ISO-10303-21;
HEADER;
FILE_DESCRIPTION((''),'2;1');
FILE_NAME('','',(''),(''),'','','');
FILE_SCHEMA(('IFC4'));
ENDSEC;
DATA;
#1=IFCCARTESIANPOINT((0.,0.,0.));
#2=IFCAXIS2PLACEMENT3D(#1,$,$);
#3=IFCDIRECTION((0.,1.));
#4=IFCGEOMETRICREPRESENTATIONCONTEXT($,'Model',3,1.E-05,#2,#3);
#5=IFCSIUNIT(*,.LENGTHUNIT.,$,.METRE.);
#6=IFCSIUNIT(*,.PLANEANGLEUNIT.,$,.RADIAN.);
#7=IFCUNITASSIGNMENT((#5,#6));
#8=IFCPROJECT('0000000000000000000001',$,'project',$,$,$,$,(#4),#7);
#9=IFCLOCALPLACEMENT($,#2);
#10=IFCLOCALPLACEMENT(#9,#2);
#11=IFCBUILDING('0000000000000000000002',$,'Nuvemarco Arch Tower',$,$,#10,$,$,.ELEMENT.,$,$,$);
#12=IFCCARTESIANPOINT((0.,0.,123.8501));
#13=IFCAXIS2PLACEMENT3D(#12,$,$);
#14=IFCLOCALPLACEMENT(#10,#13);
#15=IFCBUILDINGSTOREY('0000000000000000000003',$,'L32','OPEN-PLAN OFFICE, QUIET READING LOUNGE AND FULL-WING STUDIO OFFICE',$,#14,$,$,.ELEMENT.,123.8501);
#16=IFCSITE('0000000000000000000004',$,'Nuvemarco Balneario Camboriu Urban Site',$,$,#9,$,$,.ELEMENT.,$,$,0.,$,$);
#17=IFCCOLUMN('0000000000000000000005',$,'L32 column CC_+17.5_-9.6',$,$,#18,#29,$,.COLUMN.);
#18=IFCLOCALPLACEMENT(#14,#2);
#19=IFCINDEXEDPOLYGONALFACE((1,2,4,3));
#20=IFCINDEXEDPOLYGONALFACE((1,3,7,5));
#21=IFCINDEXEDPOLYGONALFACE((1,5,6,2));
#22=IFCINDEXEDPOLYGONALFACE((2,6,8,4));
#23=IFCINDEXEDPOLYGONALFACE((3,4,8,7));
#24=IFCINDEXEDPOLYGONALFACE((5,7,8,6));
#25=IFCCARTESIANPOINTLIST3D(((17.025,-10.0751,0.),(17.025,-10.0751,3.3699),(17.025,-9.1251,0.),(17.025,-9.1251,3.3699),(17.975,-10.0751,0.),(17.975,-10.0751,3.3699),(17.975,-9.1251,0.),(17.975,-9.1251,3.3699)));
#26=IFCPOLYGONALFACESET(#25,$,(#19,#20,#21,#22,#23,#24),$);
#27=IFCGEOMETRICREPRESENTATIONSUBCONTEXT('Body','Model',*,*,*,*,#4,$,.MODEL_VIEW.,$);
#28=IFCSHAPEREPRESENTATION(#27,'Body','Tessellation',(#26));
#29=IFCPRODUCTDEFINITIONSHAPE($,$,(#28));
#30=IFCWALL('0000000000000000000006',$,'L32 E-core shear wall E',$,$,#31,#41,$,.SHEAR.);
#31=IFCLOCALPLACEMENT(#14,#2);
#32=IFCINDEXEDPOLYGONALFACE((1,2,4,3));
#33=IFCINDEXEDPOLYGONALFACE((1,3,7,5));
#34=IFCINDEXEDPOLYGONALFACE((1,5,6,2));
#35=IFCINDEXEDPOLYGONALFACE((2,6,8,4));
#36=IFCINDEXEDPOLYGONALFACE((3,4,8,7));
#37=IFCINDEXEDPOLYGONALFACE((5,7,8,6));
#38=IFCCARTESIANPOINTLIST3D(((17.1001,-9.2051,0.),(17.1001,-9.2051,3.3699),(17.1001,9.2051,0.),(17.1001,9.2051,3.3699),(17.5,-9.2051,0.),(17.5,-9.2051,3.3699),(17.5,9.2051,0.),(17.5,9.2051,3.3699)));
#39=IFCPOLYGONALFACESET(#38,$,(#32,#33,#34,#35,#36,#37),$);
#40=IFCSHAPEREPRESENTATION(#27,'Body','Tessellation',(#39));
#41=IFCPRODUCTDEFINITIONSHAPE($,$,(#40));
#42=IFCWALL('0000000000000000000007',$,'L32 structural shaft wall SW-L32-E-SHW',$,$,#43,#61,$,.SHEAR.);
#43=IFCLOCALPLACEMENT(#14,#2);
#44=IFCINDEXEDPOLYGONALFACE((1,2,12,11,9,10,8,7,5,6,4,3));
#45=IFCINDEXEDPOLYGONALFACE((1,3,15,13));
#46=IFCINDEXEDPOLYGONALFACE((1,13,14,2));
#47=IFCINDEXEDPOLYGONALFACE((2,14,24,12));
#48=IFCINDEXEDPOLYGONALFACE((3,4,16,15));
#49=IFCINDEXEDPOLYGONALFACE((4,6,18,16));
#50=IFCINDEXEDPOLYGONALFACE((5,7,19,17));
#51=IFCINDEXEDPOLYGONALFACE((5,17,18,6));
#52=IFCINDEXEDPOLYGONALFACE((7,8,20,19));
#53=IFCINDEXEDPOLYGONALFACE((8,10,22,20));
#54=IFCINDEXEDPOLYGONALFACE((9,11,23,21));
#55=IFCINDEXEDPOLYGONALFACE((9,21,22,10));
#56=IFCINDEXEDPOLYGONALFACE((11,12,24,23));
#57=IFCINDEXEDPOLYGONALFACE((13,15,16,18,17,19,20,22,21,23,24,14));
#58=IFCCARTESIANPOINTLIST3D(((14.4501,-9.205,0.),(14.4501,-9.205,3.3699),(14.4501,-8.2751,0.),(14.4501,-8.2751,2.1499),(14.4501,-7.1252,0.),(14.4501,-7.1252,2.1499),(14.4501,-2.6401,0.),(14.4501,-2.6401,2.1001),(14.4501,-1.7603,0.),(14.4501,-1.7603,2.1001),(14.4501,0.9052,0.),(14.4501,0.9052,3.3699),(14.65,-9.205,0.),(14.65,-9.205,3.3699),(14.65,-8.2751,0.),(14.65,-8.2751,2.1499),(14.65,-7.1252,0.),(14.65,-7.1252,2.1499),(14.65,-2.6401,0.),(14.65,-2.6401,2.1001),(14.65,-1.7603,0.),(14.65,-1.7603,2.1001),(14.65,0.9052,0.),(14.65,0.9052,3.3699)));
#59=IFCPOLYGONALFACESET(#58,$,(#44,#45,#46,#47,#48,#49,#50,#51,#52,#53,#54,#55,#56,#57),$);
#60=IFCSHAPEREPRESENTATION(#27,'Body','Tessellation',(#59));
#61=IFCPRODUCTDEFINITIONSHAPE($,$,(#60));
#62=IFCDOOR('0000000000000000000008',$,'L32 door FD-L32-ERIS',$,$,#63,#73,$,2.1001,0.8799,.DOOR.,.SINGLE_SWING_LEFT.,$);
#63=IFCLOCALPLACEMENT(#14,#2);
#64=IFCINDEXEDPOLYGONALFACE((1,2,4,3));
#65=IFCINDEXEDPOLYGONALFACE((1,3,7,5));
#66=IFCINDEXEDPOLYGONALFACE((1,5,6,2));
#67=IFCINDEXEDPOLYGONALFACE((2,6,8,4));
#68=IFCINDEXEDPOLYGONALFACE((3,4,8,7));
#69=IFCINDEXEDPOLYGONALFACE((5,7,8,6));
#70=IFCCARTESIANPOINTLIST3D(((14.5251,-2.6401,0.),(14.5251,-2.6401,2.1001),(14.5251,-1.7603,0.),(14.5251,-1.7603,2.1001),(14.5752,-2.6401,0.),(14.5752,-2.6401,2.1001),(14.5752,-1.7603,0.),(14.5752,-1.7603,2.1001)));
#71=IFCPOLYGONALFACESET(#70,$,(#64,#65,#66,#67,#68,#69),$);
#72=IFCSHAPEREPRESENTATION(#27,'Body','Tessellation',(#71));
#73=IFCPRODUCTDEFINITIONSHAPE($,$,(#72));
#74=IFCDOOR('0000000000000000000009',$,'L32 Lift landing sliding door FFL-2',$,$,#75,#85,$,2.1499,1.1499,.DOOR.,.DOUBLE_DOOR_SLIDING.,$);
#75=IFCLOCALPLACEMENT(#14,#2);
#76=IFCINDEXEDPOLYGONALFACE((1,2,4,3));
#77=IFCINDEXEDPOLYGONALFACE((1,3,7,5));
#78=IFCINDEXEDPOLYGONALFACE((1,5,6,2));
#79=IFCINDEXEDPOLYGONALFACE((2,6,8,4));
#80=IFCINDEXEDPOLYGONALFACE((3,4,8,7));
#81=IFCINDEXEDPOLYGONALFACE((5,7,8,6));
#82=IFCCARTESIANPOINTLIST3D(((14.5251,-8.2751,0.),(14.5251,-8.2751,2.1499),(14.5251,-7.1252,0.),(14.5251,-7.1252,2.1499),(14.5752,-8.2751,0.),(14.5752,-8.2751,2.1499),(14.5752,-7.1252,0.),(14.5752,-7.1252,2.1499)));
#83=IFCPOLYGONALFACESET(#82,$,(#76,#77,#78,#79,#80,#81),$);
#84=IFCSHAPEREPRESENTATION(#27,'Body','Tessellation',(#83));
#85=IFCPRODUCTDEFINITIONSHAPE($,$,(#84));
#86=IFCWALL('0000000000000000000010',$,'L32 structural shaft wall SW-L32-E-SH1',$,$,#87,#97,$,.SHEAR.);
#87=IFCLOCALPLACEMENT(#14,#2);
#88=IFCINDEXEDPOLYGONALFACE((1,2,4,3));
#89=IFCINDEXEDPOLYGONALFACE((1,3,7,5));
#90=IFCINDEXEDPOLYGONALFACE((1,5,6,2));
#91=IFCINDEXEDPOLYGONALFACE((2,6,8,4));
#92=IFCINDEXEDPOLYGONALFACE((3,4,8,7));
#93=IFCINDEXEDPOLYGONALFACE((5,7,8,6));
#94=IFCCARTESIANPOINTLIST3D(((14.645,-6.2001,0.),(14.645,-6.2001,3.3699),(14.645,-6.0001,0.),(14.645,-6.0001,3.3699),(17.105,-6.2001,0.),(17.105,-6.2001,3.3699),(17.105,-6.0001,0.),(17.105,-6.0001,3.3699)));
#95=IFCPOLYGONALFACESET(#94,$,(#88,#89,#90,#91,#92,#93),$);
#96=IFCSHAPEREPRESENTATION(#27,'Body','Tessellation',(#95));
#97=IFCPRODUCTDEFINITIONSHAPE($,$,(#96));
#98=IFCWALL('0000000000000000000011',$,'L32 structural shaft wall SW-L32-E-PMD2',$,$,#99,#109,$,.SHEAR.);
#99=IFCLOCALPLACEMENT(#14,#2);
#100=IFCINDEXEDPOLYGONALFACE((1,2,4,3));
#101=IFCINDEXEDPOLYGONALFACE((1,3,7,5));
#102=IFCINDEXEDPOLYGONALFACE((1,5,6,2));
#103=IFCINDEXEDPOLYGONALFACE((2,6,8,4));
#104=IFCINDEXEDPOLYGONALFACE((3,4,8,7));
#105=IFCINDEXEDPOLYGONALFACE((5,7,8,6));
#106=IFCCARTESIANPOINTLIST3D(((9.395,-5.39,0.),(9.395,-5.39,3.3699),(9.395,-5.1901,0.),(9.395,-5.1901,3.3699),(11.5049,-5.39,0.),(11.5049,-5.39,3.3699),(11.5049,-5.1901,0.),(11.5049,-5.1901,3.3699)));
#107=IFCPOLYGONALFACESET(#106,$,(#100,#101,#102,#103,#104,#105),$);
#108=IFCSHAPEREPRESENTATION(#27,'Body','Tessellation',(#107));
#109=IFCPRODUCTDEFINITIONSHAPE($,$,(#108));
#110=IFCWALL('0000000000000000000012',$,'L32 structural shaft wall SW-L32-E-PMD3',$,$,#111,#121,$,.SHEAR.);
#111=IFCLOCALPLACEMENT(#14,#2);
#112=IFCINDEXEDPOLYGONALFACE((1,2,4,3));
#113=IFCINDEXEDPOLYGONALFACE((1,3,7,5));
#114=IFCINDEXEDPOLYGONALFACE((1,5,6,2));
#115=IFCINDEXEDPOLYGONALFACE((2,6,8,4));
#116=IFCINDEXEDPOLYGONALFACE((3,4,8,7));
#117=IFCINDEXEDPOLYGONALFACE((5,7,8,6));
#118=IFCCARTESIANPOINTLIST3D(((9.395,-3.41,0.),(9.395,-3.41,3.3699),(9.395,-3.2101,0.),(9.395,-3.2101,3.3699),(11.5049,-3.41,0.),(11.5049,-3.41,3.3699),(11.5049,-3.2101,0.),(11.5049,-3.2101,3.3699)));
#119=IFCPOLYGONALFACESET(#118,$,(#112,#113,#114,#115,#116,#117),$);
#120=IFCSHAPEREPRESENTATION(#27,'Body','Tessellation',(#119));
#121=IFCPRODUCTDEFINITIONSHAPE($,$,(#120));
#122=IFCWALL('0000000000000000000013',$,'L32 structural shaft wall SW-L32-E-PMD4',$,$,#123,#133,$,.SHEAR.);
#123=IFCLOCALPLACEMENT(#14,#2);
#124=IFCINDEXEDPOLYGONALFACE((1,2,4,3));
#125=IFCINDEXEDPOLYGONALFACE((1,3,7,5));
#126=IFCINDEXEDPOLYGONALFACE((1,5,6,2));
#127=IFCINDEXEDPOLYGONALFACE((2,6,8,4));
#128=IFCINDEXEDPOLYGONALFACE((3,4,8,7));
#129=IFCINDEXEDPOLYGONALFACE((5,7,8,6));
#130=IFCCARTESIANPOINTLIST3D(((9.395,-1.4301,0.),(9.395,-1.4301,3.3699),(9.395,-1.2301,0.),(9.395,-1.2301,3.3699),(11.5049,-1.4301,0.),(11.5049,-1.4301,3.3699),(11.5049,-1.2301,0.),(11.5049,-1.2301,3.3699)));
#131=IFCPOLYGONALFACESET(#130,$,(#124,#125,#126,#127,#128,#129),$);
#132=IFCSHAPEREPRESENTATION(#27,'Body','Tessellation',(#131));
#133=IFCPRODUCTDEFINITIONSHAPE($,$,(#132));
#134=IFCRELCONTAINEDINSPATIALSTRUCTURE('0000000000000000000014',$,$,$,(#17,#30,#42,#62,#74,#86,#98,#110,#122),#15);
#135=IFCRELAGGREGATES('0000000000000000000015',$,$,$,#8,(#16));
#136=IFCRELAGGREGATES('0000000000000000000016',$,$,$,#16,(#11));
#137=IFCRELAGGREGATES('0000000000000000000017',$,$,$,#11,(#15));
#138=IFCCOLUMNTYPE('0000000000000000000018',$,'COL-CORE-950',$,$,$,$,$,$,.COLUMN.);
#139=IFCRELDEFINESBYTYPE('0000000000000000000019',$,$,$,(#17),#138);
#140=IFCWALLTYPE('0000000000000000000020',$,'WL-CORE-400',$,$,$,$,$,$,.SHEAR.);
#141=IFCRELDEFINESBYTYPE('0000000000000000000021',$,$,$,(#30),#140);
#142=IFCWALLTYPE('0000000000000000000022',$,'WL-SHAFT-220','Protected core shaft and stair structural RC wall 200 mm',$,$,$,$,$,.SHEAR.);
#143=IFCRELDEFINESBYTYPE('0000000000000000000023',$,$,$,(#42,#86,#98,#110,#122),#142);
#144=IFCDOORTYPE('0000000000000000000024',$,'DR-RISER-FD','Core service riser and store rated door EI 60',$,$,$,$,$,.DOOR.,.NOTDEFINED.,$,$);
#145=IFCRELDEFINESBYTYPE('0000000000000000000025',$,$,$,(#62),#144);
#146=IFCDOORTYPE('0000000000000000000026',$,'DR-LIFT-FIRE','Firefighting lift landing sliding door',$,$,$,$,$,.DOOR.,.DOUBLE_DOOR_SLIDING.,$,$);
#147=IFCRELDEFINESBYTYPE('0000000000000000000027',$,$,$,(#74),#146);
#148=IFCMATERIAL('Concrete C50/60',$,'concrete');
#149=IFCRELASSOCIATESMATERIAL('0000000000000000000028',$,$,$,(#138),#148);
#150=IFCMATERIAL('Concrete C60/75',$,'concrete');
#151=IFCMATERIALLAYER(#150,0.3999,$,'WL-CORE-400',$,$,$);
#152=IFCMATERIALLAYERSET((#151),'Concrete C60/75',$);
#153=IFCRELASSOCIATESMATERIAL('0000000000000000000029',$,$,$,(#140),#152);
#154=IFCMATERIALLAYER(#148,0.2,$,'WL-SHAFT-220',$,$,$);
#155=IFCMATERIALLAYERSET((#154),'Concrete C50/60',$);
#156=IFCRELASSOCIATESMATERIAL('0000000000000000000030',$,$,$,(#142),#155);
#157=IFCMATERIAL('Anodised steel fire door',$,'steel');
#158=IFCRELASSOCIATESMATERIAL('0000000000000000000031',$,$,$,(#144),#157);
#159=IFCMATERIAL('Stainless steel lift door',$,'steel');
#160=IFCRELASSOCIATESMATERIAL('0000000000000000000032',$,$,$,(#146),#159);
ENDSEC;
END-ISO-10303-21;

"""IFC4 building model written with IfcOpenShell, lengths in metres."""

from ifc_helpers import new_model, si_unit, direction, frame, frame_2d, origin, origin_2d, place, context, subcontext, project, spatial, rectangle, extrude, source, transform, mapped, material, layer, layer_set, material_profile, profile_set, type_object, type_shapes, element, fill, save


model = new_model("IFC4")

# Units and contexts
model_context = context("Model", 3, precision=1e-05, world=origin(), true_north=direction((0.0, 1.0)))
body_context = subcontext(model_context, "Body", "Model", "MODEL_VIEW")
ifc_project = project(units=[si_unit("LENGTHUNIT", "METRE"), si_unit("PLANEANGLEUNIT", "RADIAN")], contexts=[model_context])

# Site, building, storey
site_placement = place(None, origin())
site = spatial("IfcSite", under=ifc_project, at=site_placement, Name="Nuvemarco Balneario Camboriu Urban Site", CompositionType="ELEMENT", RefElevation=0.0)
building_placement = place(site_placement, origin())
building = spatial("IfcBuilding", under=site, at=building_placement, Name="Nuvemarco Arch Tower", CompositionType="ELEMENT")
storey_placement = place(building_placement, frame((0.0, 0.0, 123.8501)))
storey = spatial("IfcBuildingStorey", under=building, at=storey_placement, Name="L32", Description="OPEN-PLAN OFFICE, QUIET READING LOUNGE AND FULL-WING STUDIO OFFICE", CompositionType="ELEMENT", Elevation=123.8501)

# Column
ifc_material_1 = material(Name="Concrete C50/60", Category="concrete")
ifc_material_profile = material_profile(ifc_material_1, rectangle(XDim=0.95, YDim=0.95, at=origin_2d()), Name="RC-COL-950x950")
ifc_profile_set = profile_set([ifc_material_profile], Name="Concrete C50/60")
column_type = type_object("IfcColumnType", Name="COL-CORE-950", PredefinedType="COLUMN", material=ifc_profile_set)
column_placement = place(storey_placement, frame((17.5, -9.6001, 0.0), z_axis=(0.0, 0.0, 1.0), x_axis=(1.0, 0.0, 0.0)))
element("IfcColumn", 1, at=column_placement, inside=storey, type_object=column_type, Name="L32 column CC_+17.5_-9.6", PredefinedType="COLUMN", context=body_context, shape_type="SweptSolid", body=[
    extrude(rectangle(XDim=0.95, YDim=0.95, at=origin_2d()), origin(), (0.0, 0.0, 1.0), 3.3699),
])

# Wall
ifc_material_2 = material(Name="Concrete C60/75", Category="concrete")
ifc_layer_1 = layer(ifc_material_2, 0.3999, Name="WL-CORE-400")
ifc_layer_set_1 = layer_set([ifc_layer_1], Name="Concrete C60/75")
wall_type_1 = type_object("IfcWallType", Name="WL-CORE-400", PredefinedType="SHEAR", material=ifc_layer_set_1)
wall_1_placement = place(storey_placement, frame((17.3, -9.2051, 0.0), z_axis=(0.0, 0.0, 1.0), x_axis=(0.0, 1.0, 0.0)))
element("IfcWall", 2, at=wall_1_placement, inside=storey, type_object=wall_type_1, Name="L32 E-core shear wall E", PredefinedType="SHEAR", context=body_context, shape_type="SweptSolid", body=[
    extrude(rectangle(XDim=18.4102, YDim=0.3999, at=frame_2d((9.2051, 0.0))), origin(), (0.0, 0.0, 1.0), 3.3699),
])

# Wall, openings, doors
ifc_layer_2 = layer(ifc_material_1, 0.2, Name="WL-SHAFT-220")
ifc_layer_set_2 = layer_set([ifc_layer_2], Name="Concrete C50/60")
wall_type_2 = type_object("IfcWallType", Name="WL-SHAFT-220", Description="Protected core shaft and stair structural RC wall 200 mm", PredefinedType="SHEAR", material=ifc_layer_set_2)
wall_2_placement = place(storey_placement, frame((14.55, -9.2051, 0.0), z_axis=(0.0, 0.0, 1.0), x_axis=(0.0, 1.0, 0.0)))
wall_2 = element("IfcWall", 3, at=wall_2_placement, inside=storey, type_object=wall_type_2, Name="L32 structural shaft wall SW-L32-E-SHW", PredefinedType="SHEAR", context=body_context, shape_type="SweptSolid", body=[
    extrude(rectangle(XDim=10.1101, YDim=0.2, at=frame_2d((5.0552, 0.0))), origin(), (0.0, 0.0, 1.0), 3.3699),
])
opening_1_placement = place(wall_2_placement, frame((6.5649, 0.0, 0.0)))
opening_1 = element("IfcOpeningElement", 4, at=opening_1_placement, cuts=wall_2, PredefinedType="OPENING", context=body_context, shape_type="SweptSolid", body=[
    extrude(rectangle(XDim=0.8799, YDim=2.1001, at=frame_2d((0.4399, 1.05))), frame((0.0, 0.1099, 0.0), z_axis=(0.0, -1.0, 0.0), x_axis=(1.0, 0.0, 0.0)), (0.0, 0.0, 1.0), 0.22),
])
opening_2_placement = place(wall_2_placement, frame((0.9299, 0.0, 0.0)))
opening_2 = element("IfcOpeningElement", 5, at=opening_2_placement, cuts=wall_2, PredefinedType="OPENING", context=body_context, shape_type="SweptSolid", body=[
    extrude(rectangle(XDim=1.1499, YDim=2.1499, at=frame_2d((0.575, 1.075))), frame((0.0, 0.1099, 0.0), z_axis=(0.0, -1.0, 0.0), x_axis=(1.0, 0.0, 0.0)), (0.0, 0.0, 1.0), 0.22),
])
ifc_material_3 = material(Name="Anodised steel fire door", Category="steel")
door_type_1 = type_object("IfcDoorType", Name="DR-RISER-FD", Description="Core service riser and store rated door EI 60", OperationType="NOTDEFINED", PredefinedType="DOOR", material=ifc_material_3)
shared_shape_1 = source(origin(), body_context, "Body", "SweptSolid", [
    extrude(rectangle(XDim=0.8799, YDim=2.1001, at=frame_2d((0.4399, 1.05))), frame((0.0, 0.0249, 0.0), z_axis=(0.0, -1.0, 0.0), x_axis=(1.0, 0.0, 0.0)), (0.0, 0.0, 1.0), 0.05),
])
type_shapes(door_type_1, [shared_shape_1])
door_1_placement = place(opening_1_placement, origin())
door_1 = element("IfcDoor", 6, at=door_1_placement, inside=storey, type_object=door_type_1, Name="L32 door FD-L32-ERIS", OperationType="SINGLE_SWING_LEFT", OverallHeight=2.1001, OverallWidth=0.8799, PredefinedType="DOOR", context=body_context, shape_type="MappedRepresentation", body=[
    mapped(shared_shape_1, transform((0.0, 0.0, 0.0), scale=1.0)),
])
fill(opening_1, door_1)
ifc_material_4 = material(Name="Stainless steel lift door", Category="steel")
door_type_2 = type_object("IfcDoorType", Name="DR-LIFT-FIRE", Description="Firefighting lift landing sliding door", OperationType="DOUBLE_DOOR_SLIDING", PredefinedType="DOOR", material=ifc_material_4)
shared_shape_2 = source(origin(), body_context, "Body", "SweptSolid", [
    extrude(rectangle(XDim=1.1499, YDim=2.1499, at=frame_2d((0.575, 1.075))), frame((0.0, 0.0249, 0.0), z_axis=(0.0, -1.0, 0.0), x_axis=(1.0, 0.0, 0.0)), (0.0, 0.0, 1.0), 0.05),
])
type_shapes(door_type_2, [shared_shape_2])
door_2_placement = place(opening_2_placement, origin())
door_2 = element("IfcDoor", 7, at=door_2_placement, inside=storey, type_object=door_type_2, Name="L32 Lift landing sliding door FFL-2", OperationType="DOUBLE_DOOR_SLIDING", OverallHeight=2.1499, OverallWidth=1.1499, PredefinedType="DOOR", context=body_context, shape_type="MappedRepresentation", body=[
    mapped(shared_shape_2, transform((0.0, 0.0, 0.0), scale=1.0)),
])
fill(opening_2, door_2)

# Wall
wall_3_placement = place(storey_placement, frame((14.645, -6.1001, 0.0), z_axis=(0.0, 0.0, 1.0), x_axis=(1.0, 0.0, 0.0)))
element("IfcWall", 8, at=wall_3_placement, inside=storey, type_object=wall_type_2, Name="L32 structural shaft wall SW-L32-E-SH1", PredefinedType="SHEAR", context=body_context, shape_type="SweptSolid", body=[
    extrude(rectangle(XDim=2.46, YDim=0.2, at=frame_2d((1.23, 0.0))), origin(), (0.0, 0.0, 1.0), 3.3699),
])

# Walls
for number, where, z_axis, x_axis, name in (
    (9, (9.395, -5.29, 0.0), (0.0, 0.0, 1.0), (1.0, 0.0, 0.0), "L32 structural shaft wall SW-L32-E-PMD2"),
    (10, (9.395, -3.3101, 0.0), (0.0, 0.0, 1.0), (1.0, 0.0, 0.0), "L32 structural shaft wall SW-L32-E-PMD3"),
    (11, (9.395, -1.3301, 0.0), (0.0, 0.0, 1.0), (1.0, 0.0, 0.0), "L32 structural shaft wall SW-L32-E-PMD4"),
):
    element("IfcWall", number, at=place(storey_placement, frame(where, z_axis=z_axis, x_axis=x_axis)), inside=storey, type_object=wall_type_2, Name=name, PredefinedType="SHEAR", context=body_context, shape_type="SweptSolid", body=[
        extrude(rectangle(XDim=2.1099, YDim=0.2, at=frame_2d((1.0549, 0.0))), origin(), (0.0, 0.0, 1.0), 3.3699),
    ])

save(model, "model.ifc")
